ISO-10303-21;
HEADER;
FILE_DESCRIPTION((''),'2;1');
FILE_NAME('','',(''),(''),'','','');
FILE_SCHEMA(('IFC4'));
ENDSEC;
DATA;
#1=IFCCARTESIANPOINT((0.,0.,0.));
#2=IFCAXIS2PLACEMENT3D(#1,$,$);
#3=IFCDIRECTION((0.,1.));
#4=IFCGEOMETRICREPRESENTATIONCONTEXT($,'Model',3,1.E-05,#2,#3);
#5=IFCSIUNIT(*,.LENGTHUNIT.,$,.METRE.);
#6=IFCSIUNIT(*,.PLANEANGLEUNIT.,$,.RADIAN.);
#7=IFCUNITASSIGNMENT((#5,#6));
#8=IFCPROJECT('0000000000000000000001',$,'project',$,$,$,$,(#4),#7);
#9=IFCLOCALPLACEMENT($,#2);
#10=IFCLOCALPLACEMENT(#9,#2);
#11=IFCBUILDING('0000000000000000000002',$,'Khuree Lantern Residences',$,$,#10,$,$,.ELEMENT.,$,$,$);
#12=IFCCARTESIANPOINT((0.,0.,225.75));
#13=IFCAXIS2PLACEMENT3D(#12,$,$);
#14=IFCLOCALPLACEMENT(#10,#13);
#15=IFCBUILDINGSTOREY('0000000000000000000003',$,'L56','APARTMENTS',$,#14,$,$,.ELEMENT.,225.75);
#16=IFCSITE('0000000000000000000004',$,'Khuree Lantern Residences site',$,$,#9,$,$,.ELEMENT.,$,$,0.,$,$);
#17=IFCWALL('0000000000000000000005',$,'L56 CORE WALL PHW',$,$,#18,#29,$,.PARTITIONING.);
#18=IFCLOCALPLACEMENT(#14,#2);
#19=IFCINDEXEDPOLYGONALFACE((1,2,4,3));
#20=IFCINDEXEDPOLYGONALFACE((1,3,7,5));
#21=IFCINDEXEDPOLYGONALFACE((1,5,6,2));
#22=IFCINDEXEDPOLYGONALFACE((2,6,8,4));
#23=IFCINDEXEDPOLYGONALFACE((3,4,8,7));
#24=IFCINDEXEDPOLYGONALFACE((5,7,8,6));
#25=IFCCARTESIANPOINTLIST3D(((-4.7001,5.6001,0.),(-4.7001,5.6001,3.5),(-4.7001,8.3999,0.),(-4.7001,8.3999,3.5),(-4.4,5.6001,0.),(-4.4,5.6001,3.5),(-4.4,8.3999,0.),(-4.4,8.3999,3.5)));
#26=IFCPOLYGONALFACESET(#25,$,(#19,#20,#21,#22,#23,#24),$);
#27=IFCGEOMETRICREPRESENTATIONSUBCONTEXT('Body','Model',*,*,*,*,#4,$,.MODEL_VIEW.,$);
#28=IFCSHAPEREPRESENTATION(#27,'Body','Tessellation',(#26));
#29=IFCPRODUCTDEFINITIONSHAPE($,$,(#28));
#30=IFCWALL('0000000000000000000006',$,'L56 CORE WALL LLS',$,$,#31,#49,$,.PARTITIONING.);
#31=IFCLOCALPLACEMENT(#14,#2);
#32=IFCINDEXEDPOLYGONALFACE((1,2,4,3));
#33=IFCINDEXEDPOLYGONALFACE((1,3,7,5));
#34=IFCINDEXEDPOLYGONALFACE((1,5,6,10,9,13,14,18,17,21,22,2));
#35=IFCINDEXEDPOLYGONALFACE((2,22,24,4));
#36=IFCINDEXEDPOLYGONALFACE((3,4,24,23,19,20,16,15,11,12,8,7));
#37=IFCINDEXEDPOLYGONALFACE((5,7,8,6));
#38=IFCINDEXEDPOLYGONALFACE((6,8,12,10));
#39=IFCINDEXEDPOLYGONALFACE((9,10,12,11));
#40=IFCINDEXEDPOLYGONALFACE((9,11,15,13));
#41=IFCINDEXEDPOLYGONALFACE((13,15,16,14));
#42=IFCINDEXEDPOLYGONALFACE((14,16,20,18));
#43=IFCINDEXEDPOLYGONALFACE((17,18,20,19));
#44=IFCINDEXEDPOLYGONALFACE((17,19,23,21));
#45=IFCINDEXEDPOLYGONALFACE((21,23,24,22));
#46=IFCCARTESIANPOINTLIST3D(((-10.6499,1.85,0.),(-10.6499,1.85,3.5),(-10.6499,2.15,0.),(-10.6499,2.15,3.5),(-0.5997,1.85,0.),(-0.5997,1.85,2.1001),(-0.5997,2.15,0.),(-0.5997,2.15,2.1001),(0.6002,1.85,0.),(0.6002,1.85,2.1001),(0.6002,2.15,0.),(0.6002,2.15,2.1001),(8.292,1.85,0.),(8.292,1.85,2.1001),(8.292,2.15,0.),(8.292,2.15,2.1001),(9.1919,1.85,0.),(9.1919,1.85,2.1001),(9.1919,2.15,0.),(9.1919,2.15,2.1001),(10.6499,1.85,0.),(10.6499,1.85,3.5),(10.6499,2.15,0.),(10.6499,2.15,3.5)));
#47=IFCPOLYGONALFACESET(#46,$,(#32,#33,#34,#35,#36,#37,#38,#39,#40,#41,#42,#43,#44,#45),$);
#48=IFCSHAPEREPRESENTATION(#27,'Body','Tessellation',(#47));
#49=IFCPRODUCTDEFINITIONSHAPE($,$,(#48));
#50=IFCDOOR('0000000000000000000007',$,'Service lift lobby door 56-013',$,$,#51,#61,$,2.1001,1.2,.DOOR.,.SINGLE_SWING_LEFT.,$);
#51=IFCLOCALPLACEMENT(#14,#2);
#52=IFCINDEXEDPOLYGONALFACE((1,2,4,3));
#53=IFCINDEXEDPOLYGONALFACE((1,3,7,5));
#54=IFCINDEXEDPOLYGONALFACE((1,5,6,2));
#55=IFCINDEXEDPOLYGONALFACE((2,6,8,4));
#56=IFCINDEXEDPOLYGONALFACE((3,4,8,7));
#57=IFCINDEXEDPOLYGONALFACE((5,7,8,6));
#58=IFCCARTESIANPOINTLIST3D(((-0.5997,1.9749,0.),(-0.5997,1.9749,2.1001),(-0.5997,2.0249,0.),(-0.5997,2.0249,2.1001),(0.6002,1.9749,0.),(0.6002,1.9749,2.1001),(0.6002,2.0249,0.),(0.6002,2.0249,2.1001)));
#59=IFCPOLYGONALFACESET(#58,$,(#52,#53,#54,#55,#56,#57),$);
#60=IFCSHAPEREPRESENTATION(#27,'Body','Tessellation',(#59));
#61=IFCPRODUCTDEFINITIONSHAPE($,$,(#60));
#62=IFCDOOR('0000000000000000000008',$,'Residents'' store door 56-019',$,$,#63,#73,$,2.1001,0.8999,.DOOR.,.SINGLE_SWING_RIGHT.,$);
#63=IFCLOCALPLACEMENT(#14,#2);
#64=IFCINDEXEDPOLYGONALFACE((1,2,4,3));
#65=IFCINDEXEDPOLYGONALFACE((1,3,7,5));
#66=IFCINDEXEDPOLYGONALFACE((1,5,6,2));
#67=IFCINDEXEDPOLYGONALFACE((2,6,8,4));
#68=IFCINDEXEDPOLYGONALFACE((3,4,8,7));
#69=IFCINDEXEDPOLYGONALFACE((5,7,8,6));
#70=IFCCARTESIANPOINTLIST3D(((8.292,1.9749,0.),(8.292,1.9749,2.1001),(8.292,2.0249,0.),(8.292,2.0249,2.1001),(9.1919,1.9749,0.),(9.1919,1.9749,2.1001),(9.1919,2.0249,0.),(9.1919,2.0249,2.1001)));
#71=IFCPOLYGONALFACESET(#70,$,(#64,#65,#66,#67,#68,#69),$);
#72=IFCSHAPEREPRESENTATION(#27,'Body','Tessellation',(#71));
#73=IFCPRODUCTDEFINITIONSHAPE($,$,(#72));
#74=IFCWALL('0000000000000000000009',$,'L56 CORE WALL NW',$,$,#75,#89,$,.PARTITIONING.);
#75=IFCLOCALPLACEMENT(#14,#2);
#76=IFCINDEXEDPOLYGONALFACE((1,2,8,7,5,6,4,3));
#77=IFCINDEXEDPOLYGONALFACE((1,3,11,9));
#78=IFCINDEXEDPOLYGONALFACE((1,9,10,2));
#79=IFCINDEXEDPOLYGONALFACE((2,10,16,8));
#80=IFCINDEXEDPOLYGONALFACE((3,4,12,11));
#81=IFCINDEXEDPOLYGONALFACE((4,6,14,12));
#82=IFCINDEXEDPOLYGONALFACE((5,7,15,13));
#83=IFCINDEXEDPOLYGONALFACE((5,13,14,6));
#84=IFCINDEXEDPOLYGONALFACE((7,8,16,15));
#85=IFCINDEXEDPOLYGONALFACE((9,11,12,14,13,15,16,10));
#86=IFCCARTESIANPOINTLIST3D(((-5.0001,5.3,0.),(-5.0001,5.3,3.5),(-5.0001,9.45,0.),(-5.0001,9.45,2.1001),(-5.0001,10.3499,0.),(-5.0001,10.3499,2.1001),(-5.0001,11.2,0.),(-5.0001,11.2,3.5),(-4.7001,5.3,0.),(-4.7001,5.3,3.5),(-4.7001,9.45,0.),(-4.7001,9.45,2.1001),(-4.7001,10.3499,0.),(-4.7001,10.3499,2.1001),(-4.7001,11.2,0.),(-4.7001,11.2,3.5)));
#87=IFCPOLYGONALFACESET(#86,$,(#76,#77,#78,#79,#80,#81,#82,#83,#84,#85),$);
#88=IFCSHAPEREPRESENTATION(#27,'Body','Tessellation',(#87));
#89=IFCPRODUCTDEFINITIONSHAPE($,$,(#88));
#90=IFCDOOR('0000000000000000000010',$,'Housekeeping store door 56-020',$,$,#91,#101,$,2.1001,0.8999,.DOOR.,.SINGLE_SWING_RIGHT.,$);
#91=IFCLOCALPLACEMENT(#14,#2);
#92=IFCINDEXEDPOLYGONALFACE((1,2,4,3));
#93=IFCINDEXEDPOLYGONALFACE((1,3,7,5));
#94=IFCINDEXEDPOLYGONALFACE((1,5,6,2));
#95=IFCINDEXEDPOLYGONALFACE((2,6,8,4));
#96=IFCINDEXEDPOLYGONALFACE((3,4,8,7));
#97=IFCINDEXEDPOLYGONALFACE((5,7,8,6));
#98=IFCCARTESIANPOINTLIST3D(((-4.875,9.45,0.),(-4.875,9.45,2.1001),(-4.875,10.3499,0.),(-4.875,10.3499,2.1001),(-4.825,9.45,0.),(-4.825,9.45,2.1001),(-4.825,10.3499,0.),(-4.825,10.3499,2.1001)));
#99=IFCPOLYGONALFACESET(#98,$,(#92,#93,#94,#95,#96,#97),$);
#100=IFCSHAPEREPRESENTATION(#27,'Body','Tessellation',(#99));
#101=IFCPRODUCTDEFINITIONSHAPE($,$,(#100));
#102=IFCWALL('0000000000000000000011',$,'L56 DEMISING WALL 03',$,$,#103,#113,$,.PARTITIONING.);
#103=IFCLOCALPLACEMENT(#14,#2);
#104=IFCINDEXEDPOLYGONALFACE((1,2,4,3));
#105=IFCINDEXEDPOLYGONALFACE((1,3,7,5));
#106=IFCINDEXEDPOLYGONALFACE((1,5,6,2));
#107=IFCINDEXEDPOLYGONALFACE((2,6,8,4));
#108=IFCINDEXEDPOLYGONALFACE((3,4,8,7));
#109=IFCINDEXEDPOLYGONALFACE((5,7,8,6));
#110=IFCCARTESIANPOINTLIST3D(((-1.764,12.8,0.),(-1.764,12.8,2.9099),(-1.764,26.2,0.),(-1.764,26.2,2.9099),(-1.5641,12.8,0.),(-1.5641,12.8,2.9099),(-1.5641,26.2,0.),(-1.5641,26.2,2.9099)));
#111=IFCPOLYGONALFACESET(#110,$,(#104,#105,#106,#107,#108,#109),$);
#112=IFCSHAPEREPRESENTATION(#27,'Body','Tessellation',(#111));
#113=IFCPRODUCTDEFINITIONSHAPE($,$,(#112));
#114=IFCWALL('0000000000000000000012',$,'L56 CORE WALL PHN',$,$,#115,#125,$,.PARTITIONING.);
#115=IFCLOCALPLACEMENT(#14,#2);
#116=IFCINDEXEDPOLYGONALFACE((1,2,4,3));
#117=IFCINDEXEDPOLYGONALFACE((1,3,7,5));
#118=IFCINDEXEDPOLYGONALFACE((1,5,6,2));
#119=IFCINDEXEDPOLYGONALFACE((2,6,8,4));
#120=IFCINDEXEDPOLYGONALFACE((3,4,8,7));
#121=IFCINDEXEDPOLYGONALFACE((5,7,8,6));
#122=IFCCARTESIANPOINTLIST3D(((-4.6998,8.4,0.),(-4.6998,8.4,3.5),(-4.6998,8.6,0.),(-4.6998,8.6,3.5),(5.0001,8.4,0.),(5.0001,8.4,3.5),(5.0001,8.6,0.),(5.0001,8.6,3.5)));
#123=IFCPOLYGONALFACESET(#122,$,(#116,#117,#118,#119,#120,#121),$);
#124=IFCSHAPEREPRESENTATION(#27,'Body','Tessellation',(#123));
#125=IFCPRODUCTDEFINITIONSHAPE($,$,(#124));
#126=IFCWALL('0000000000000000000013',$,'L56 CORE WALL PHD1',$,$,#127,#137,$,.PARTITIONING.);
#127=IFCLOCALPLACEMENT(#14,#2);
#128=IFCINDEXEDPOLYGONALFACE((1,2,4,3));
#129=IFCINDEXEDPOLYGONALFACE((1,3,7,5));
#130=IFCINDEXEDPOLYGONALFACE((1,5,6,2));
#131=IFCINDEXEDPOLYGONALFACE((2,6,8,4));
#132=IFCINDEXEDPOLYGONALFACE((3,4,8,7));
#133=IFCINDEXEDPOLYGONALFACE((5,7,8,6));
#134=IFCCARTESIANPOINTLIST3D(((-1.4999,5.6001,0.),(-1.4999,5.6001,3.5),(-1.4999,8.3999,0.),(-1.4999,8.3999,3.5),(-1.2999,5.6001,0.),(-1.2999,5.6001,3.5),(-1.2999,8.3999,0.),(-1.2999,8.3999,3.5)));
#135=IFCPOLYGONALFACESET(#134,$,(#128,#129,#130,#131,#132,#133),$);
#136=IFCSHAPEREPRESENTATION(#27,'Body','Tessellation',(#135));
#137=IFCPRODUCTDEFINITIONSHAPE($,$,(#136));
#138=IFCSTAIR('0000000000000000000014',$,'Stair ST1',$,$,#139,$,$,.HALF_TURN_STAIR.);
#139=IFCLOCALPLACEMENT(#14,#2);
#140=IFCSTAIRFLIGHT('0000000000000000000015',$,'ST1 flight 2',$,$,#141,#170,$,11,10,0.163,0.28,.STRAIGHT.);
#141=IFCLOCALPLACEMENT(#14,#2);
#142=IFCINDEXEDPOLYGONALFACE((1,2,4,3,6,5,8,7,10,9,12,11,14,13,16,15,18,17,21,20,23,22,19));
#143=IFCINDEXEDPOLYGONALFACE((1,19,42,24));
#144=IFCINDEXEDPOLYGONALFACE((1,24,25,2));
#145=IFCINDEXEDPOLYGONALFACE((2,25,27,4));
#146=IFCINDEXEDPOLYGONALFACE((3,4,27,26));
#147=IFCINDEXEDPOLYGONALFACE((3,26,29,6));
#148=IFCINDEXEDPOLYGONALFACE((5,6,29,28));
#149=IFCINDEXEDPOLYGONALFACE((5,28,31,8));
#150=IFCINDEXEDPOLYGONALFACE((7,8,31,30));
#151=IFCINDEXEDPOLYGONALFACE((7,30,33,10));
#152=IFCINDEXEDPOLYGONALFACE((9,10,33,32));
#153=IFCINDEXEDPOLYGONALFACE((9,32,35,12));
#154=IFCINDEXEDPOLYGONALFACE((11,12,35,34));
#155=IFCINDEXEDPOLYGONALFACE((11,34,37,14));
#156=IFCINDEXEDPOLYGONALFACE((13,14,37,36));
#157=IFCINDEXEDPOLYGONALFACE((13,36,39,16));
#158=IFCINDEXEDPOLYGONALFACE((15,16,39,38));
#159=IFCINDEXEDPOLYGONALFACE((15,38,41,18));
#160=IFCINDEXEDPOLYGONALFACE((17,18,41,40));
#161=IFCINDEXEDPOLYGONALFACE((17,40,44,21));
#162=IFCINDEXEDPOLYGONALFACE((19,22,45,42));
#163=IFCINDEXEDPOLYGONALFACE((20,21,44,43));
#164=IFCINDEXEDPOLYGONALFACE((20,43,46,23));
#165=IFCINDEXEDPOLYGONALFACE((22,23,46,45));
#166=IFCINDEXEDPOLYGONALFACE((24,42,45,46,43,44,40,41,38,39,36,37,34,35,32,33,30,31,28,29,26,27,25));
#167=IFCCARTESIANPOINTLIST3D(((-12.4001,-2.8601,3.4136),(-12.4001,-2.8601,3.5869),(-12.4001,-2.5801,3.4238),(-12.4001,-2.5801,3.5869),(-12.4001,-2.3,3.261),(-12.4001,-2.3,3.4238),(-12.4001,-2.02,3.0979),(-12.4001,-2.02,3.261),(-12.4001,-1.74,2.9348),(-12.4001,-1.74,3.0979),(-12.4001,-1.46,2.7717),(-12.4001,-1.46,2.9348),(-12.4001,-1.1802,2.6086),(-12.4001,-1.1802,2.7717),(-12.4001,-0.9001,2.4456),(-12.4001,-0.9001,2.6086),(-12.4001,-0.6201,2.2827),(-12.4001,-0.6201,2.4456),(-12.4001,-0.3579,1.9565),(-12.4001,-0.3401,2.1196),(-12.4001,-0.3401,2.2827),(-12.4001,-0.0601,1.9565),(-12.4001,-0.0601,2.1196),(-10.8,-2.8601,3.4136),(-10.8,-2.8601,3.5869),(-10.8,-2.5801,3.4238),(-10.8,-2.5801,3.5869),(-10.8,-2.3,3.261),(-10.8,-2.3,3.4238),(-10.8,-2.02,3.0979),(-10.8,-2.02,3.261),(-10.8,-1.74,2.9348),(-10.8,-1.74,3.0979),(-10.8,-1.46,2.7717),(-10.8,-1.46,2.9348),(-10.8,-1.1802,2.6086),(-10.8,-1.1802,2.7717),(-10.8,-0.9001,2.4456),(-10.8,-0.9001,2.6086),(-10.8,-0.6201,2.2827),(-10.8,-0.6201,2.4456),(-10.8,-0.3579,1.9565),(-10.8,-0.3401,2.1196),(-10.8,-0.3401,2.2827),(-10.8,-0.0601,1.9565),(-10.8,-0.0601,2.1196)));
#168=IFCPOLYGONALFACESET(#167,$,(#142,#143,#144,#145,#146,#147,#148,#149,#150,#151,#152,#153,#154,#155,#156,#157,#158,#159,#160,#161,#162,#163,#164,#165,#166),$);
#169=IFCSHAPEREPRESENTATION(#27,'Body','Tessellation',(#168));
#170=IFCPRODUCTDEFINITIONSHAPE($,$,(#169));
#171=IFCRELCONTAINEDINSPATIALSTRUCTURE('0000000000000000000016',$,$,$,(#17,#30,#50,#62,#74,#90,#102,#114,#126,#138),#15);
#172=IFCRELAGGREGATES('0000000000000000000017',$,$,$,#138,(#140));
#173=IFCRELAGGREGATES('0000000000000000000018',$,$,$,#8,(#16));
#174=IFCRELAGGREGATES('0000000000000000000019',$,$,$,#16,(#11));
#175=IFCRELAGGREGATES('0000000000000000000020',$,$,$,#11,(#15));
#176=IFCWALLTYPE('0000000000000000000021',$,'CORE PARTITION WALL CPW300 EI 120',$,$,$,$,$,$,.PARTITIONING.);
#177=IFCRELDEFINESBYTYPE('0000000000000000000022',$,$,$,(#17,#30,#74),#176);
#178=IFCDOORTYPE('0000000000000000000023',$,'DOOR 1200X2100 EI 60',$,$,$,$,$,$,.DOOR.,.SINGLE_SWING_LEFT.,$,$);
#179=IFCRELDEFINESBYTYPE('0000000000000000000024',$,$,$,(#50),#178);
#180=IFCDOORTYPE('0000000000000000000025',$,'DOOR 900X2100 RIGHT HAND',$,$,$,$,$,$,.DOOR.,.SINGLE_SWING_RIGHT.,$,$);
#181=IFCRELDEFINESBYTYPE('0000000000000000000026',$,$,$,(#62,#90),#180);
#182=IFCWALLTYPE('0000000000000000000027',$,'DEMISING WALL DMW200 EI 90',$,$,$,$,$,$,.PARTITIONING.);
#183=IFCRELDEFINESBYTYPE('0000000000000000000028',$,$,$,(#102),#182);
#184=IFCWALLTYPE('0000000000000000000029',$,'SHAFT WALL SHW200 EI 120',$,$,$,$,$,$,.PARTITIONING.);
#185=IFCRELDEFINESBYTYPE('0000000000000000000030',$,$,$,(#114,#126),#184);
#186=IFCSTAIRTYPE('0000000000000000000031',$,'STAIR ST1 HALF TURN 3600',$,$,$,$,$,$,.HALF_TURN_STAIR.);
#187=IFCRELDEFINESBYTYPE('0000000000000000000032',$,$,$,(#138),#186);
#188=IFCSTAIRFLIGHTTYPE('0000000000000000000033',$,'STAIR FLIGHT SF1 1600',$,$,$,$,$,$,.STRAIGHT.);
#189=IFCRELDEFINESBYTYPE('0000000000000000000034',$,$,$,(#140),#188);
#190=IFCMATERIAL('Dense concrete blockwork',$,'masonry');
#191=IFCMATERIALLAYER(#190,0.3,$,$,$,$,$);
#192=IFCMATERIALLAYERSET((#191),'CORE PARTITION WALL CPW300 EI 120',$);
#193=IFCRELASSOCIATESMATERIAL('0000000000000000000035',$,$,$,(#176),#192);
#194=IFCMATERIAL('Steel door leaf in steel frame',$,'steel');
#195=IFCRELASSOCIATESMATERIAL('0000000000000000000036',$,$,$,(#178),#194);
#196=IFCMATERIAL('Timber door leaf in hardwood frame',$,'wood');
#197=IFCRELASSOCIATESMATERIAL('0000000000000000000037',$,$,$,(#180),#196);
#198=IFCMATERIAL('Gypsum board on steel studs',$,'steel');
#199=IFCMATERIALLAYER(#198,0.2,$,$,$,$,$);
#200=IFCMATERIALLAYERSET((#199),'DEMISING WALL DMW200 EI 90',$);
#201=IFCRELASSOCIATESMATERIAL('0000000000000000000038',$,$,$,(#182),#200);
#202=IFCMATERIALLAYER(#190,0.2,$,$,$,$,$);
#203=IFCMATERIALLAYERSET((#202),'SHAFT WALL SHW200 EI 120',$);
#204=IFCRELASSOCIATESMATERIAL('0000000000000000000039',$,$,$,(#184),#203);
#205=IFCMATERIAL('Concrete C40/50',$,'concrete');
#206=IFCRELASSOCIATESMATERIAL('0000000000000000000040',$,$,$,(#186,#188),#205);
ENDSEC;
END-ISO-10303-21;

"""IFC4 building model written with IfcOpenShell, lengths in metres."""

from ifc_helpers import new_model, si_unit, direction, frame, frame_2d, origin, place, context, subcontext, project, spatial, polyline, rectangle, outline, extrude, material, layer, layer_set, type_object, element, fill, aggregate, save


model = new_model("IFC4")

# Units and contexts
model_context = context("Model", 3, precision=1e-05, world=origin(), true_north=direction((0.0, 1.0)))
body_context = subcontext(model_context, "Body", "Model", "MODEL_VIEW")
ifc_project = project(units=[si_unit("LENGTHUNIT", "METRE"), si_unit("PLANEANGLEUNIT", "RADIAN")], contexts=[model_context])

# Site, building, storey
site_placement = place(None, origin())
site = spatial("IfcSite", under=ifc_project, at=site_placement, Name="Khuree Lantern Residences site", CompositionType="ELEMENT", RefElevation=0.0)
building_placement = place(site_placement, origin())
building = spatial("IfcBuilding", under=site, at=building_placement, Name="Khuree Lantern Residences", CompositionType="ELEMENT")
storey_placement = place(building_placement, frame((0.0, 0.0, 225.75)))
storey = spatial("IfcBuildingStorey", under=building, at=storey_placement, Name="L56", Description="APARTMENTS", CompositionType="ELEMENT", Elevation=225.75)

# Shared definitions
ifc_material_1 = material(Name="Dense concrete blockwork", Category="masonry")
ifc_layer_1 = layer(ifc_material_1, 0.3)
ifc_layer_set_1 = layer_set([ifc_layer_1], Name="CORE PARTITION WALL CPW300 EI 120")
wall_type_1 = type_object("IfcWallType", Name="CORE PARTITION WALL CPW300 EI 120", PredefinedType="PARTITIONING", material=ifc_layer_set_1)

# Wall
wall_1_placement = place(storey_placement, frame((-4.55, 5.6001, 0.0), z_axis=(0.0, 0.0, 1.0), x_axis=(0.0, 1.0, 0.0)))
element("IfcWall", 1, at=wall_1_placement, inside=storey, type_object=wall_type_1, Name="L56 CORE WALL PHW", PredefinedType="PARTITIONING", context=body_context, shape_type="SweptSolid", body=[
    extrude(rectangle(XDim=2.7998, YDim=0.3, at=frame_2d((1.3999, 0.0))), origin(), (0.0, 0.0, 1.0), 3.5),
])

# Wall, openings, doors
wall_2_placement = place(storey_placement, frame((-10.6499, 2.0, 0.0), z_axis=(0.0, 0.0, 1.0), x_axis=(1.0, 0.0, 0.0)))
wall_2 = element("IfcWall", 2, at=wall_2_placement, inside=storey, type_object=wall_type_1, Name="L56 CORE WALL LLS", PredefinedType="PARTITIONING", context=body_context, shape_type="SweptSolid", body=[
    extrude(rectangle(XDim=21.2998, YDim=0.3, at=frame_2d((10.6499, 0.0))), origin(), (0.0, 0.0, 1.0), 3.5),
])
opening_1_placement = place(wall_2_placement, frame((10.05, 0.0, 0.0)))
opening_1 = element("IfcOpeningElement", 3, at=opening_1_placement, cuts=wall_2, PredefinedType="OPENING", context=body_context, shape_type="SweptSolid", body=[
    extrude(rectangle(XDim=1.2, YDim=2.1001, at=frame_2d((0.6001, 1.05))), frame((0.0, 0.1602, 0.0), z_axis=(0.0, -1.0, 0.0), x_axis=(1.0, 0.0, 0.0)), (0.0, 0.0, 1.0), 0.3201),
])
opening_2_placement = place(wall_2_placement, frame((18.9419, 0.0, 0.0)))
opening_2 = element("IfcOpeningElement", 4, at=opening_2_placement, cuts=wall_2, PredefinedType="OPENING", context=body_context, shape_type="SweptSolid", body=[
    extrude(rectangle(XDim=0.8999, YDim=2.1001, at=frame_2d((0.45, 1.05))), frame((0.0, 0.1602, 0.0), z_axis=(0.0, -1.0, 0.0), x_axis=(1.0, 0.0, 0.0)), (0.0, 0.0, 1.0), 0.3201),
])
ifc_material_2 = material(Name="Steel door leaf in steel frame", Category="steel")
door_type_1 = type_object("IfcDoorType", Name="DOOR 1200X2100 EI 60", OperationType="SINGLE_SWING_LEFT", PredefinedType="DOOR", material=ifc_material_2)
door_1_placement = place(opening_1_placement, origin())
door_1 = element("IfcDoor", 5, at=door_1_placement, inside=storey, type_object=door_type_1, Name="Service lift lobby door 56-013", OperationType="SINGLE_SWING_LEFT", OverallHeight=2.1001, OverallWidth=1.2, PredefinedType="DOOR", context=body_context, shape_type="SweptSolid", body=[
    extrude(rectangle(XDim=1.2, YDim=2.1001, at=frame_2d((0.6001, 1.05))), frame((0.0, 0.0249, 0.0), z_axis=(0.0, -1.0, 0.0), x_axis=(1.0, 0.0, 0.0)), (0.0, 0.0, 1.0), 0.05),
])
fill(opening_1, door_1)
ifc_material_3 = material(Name="Timber door leaf in hardwood frame", Category="wood")
door_type_2 = type_object("IfcDoorType", Name="DOOR 900X2100 RIGHT HAND", OperationType="SINGLE_SWING_RIGHT", PredefinedType="DOOR", material=ifc_material_3)
door_2_placement = place(opening_2_placement, origin())
door_2 = element("IfcDoor", 6, at=door_2_placement, inside=storey, type_object=door_type_2, Name="Residents' store door 56-019", OperationType="SINGLE_SWING_RIGHT", OverallHeight=2.1001, OverallWidth=0.8999, PredefinedType="DOOR", context=body_context, shape_type="SweptSolid", body=[
    extrude(rectangle(XDim=0.8999, YDim=2.1001, at=frame_2d((0.45, 1.05))), frame((0.0, 0.0249, 0.0), z_axis=(0.0, -1.0, 0.0), x_axis=(1.0, 0.0, 0.0)), (0.0, 0.0, 1.0), 0.05),
])
fill(opening_2, door_2)

# Wall, opening, door
wall_3_placement = place(storey_placement, frame((-4.8501, 5.3, 0.0), z_axis=(0.0, 0.0, 1.0), x_axis=(0.0, 1.0, 0.0)))
wall_3 = element("IfcWall", 7, at=wall_3_placement, inside=storey, type_object=wall_type_1, Name="L56 CORE WALL NW", PredefinedType="PARTITIONING", context=body_context, shape_type="SweptSolid", body=[
    extrude(rectangle(XDim=5.8999, YDim=0.3, at=frame_2d((2.95, 0.0))), origin(), (0.0, 0.0, 1.0), 3.5),
])
opening_3_placement = place(wall_3_placement, frame((4.1499, 0.0, 0.0)))
opening_3 = element("IfcOpeningElement", 8, at=opening_3_placement, cuts=wall_3, PredefinedType="OPENING", context=body_context, shape_type="SweptSolid", body=[
    extrude(rectangle(XDim=0.8999, YDim=2.1001, at=frame_2d((0.45, 1.05))), frame((0.0, 0.1602, 0.0), z_axis=(0.0, -1.0, 0.0), x_axis=(1.0, 0.0, 0.0)), (0.0, 0.0, 1.0), 0.3201),
])
door_3_placement = place(opening_3_placement, origin())
door_3 = element("IfcDoor", 9, at=door_3_placement, inside=storey, type_object=door_type_2, Name="Housekeeping store door 56-020", OperationType="SINGLE_SWING_RIGHT", OverallHeight=2.1001, OverallWidth=0.8999, PredefinedType="DOOR", context=body_context, shape_type="SweptSolid", body=[
    extrude(rectangle(XDim=0.8999, YDim=2.1001, at=frame_2d((0.45, 1.05))), frame((0.0, 0.0249, 0.0), z_axis=(0.0, -1.0, 0.0), x_axis=(1.0, 0.0, 0.0)), (0.0, 0.0, 1.0), 0.05),
])
fill(opening_3, door_3)

# Walls
ifc_material_4 = material(Name="Gypsum board on steel studs", Category="steel")
ifc_layer_2 = layer(ifc_material_4, 0.2)
ifc_layer_set_2 = layer_set([ifc_layer_2], Name="DEMISING WALL DMW200 EI 90")
wall_type_2 = type_object("IfcWallType", Name="DEMISING WALL DMW200 EI 90", PredefinedType="PARTITIONING", material=ifc_layer_set_2)
wall_4_placement = place(storey_placement, frame((-1.6641, 12.8, 0.0), z_axis=(0.0, 0.0, 1.0), x_axis=(0.0, 1.0, 0.0)))
element("IfcWall", 10, at=wall_4_placement, inside=storey, type_object=wall_type_2, Name="L56 DEMISING WALL 03", PredefinedType="PARTITIONING", context=body_context, shape_type="SweptSolid", body=[
    extrude(rectangle(XDim=13.3999, YDim=0.2, at=frame_2d((6.7, 0.0))), origin(), (0.0, 0.0, 1.0), 2.9099),
])
ifc_layer_3 = layer(ifc_material_1, 0.2)
ifc_layer_set_3 = layer_set([ifc_layer_3], Name="SHAFT WALL SHW200 EI 120")
wall_type_3 = type_object("IfcWallType", Name="SHAFT WALL SHW200 EI 120", PredefinedType="PARTITIONING", material=ifc_layer_set_3)
wall_5_placement = place(storey_placement, frame((-4.7, 8.5, 0.0), z_axis=(0.0, 0.0, 1.0), x_axis=(1.0, 0.0, 0.0)))
element("IfcWall", 11, at=wall_5_placement, inside=storey, type_object=wall_type_3, Name="L56 CORE WALL PHN", PredefinedType="PARTITIONING", context=body_context, shape_type="SweptSolid", body=[
    extrude(rectangle(XDim=9.7, YDim=0.2, at=frame_2d((4.8501, 0.0))), origin(), (0.0, 0.0, 1.0), 3.5),
])
wall_6_placement = place(storey_placement, frame((-1.3999, 5.6001, 0.0), z_axis=(0.0, 0.0, 1.0), x_axis=(0.0, 1.0, 0.0)))
element("IfcWall", 12, at=wall_6_placement, inside=storey, type_object=wall_type_3, Name="L56 CORE WALL PHD1", PredefinedType="PARTITIONING", context=body_context, shape_type="SweptSolid", body=[
    extrude(rectangle(XDim=2.7998, YDim=0.2, at=frame_2d((1.3999, 0.0))), origin(), (0.0, 0.0, 1.0), 3.5),
])

# Stair, stair flight
ifc_material_5 = material(Name="Concrete C40/50", Category="concrete")
stair_type = type_object("IfcStairType", Name="STAIR ST1 HALF TURN 3600", PredefinedType="HALF_TURN_STAIR", material=ifc_material_5)
stair_placement = place(storey_placement, origin())
stair = element("IfcStair", 13, at=stair_placement, inside=storey, type_object=stair_type, Name="Stair ST1", PredefinedType="HALF_TURN_STAIR")
stair_flight_type = type_object("IfcStairFlightType", Name="STAIR FLIGHT SF1 1600", PredefinedType="STRAIGHT", material=ifc_material_5)
stair_flight_placement = place(storey_placement, frame((-11.6001, -0.0601, 1.9565), z_axis=(0.0, 0.0, 1.0), x_axis=(0.0, -1.0, 0.0)))
stair_flight = element("IfcStairFlight", 14, at=stair_flight_placement, type_object=stair_flight_type, Name="ST1 flight 2", NumberOfRisers=11, NumberOfTreads=10, PredefinedType="STRAIGHT", RiserHeight=0.163, TreadLength=0.28, context=body_context, shape_type="SweptSolid", body=[
    extrude(outline(polyline([(0.0, 0.0), (0.0, 0.1631), (0.28, 0.1631), (0.28, 0.3262), (0.5601, 0.3262), (0.5601, 0.489), (0.8401, 0.489), (0.8401, 0.6521), (1.1201, 0.6521), (1.1201, 0.8152), (1.3999, 0.8152), (1.3999, 0.9783), (1.6799, 0.9783), (1.6799, 1.1414), (1.96, 1.1414), (1.96, 1.3044), (2.24, 1.3044), (2.24, 1.4673), (2.52, 1.4673), (2.52, 1.6304), (2.8, 1.6304), (2.8, 1.7935), (2.8, 1.457), (0.2979, 0.0), (0.0, 0.0)])), frame((0.0, 0.8, 0.0), z_axis=(0.0, -1.0, 0.0), x_axis=(1.0, 0.0, 0.0)), (0.0, 0.0, 1.0), 1.6001),
])
aggregate(stair, [stair_flight])

save(model, "model.ifc")
